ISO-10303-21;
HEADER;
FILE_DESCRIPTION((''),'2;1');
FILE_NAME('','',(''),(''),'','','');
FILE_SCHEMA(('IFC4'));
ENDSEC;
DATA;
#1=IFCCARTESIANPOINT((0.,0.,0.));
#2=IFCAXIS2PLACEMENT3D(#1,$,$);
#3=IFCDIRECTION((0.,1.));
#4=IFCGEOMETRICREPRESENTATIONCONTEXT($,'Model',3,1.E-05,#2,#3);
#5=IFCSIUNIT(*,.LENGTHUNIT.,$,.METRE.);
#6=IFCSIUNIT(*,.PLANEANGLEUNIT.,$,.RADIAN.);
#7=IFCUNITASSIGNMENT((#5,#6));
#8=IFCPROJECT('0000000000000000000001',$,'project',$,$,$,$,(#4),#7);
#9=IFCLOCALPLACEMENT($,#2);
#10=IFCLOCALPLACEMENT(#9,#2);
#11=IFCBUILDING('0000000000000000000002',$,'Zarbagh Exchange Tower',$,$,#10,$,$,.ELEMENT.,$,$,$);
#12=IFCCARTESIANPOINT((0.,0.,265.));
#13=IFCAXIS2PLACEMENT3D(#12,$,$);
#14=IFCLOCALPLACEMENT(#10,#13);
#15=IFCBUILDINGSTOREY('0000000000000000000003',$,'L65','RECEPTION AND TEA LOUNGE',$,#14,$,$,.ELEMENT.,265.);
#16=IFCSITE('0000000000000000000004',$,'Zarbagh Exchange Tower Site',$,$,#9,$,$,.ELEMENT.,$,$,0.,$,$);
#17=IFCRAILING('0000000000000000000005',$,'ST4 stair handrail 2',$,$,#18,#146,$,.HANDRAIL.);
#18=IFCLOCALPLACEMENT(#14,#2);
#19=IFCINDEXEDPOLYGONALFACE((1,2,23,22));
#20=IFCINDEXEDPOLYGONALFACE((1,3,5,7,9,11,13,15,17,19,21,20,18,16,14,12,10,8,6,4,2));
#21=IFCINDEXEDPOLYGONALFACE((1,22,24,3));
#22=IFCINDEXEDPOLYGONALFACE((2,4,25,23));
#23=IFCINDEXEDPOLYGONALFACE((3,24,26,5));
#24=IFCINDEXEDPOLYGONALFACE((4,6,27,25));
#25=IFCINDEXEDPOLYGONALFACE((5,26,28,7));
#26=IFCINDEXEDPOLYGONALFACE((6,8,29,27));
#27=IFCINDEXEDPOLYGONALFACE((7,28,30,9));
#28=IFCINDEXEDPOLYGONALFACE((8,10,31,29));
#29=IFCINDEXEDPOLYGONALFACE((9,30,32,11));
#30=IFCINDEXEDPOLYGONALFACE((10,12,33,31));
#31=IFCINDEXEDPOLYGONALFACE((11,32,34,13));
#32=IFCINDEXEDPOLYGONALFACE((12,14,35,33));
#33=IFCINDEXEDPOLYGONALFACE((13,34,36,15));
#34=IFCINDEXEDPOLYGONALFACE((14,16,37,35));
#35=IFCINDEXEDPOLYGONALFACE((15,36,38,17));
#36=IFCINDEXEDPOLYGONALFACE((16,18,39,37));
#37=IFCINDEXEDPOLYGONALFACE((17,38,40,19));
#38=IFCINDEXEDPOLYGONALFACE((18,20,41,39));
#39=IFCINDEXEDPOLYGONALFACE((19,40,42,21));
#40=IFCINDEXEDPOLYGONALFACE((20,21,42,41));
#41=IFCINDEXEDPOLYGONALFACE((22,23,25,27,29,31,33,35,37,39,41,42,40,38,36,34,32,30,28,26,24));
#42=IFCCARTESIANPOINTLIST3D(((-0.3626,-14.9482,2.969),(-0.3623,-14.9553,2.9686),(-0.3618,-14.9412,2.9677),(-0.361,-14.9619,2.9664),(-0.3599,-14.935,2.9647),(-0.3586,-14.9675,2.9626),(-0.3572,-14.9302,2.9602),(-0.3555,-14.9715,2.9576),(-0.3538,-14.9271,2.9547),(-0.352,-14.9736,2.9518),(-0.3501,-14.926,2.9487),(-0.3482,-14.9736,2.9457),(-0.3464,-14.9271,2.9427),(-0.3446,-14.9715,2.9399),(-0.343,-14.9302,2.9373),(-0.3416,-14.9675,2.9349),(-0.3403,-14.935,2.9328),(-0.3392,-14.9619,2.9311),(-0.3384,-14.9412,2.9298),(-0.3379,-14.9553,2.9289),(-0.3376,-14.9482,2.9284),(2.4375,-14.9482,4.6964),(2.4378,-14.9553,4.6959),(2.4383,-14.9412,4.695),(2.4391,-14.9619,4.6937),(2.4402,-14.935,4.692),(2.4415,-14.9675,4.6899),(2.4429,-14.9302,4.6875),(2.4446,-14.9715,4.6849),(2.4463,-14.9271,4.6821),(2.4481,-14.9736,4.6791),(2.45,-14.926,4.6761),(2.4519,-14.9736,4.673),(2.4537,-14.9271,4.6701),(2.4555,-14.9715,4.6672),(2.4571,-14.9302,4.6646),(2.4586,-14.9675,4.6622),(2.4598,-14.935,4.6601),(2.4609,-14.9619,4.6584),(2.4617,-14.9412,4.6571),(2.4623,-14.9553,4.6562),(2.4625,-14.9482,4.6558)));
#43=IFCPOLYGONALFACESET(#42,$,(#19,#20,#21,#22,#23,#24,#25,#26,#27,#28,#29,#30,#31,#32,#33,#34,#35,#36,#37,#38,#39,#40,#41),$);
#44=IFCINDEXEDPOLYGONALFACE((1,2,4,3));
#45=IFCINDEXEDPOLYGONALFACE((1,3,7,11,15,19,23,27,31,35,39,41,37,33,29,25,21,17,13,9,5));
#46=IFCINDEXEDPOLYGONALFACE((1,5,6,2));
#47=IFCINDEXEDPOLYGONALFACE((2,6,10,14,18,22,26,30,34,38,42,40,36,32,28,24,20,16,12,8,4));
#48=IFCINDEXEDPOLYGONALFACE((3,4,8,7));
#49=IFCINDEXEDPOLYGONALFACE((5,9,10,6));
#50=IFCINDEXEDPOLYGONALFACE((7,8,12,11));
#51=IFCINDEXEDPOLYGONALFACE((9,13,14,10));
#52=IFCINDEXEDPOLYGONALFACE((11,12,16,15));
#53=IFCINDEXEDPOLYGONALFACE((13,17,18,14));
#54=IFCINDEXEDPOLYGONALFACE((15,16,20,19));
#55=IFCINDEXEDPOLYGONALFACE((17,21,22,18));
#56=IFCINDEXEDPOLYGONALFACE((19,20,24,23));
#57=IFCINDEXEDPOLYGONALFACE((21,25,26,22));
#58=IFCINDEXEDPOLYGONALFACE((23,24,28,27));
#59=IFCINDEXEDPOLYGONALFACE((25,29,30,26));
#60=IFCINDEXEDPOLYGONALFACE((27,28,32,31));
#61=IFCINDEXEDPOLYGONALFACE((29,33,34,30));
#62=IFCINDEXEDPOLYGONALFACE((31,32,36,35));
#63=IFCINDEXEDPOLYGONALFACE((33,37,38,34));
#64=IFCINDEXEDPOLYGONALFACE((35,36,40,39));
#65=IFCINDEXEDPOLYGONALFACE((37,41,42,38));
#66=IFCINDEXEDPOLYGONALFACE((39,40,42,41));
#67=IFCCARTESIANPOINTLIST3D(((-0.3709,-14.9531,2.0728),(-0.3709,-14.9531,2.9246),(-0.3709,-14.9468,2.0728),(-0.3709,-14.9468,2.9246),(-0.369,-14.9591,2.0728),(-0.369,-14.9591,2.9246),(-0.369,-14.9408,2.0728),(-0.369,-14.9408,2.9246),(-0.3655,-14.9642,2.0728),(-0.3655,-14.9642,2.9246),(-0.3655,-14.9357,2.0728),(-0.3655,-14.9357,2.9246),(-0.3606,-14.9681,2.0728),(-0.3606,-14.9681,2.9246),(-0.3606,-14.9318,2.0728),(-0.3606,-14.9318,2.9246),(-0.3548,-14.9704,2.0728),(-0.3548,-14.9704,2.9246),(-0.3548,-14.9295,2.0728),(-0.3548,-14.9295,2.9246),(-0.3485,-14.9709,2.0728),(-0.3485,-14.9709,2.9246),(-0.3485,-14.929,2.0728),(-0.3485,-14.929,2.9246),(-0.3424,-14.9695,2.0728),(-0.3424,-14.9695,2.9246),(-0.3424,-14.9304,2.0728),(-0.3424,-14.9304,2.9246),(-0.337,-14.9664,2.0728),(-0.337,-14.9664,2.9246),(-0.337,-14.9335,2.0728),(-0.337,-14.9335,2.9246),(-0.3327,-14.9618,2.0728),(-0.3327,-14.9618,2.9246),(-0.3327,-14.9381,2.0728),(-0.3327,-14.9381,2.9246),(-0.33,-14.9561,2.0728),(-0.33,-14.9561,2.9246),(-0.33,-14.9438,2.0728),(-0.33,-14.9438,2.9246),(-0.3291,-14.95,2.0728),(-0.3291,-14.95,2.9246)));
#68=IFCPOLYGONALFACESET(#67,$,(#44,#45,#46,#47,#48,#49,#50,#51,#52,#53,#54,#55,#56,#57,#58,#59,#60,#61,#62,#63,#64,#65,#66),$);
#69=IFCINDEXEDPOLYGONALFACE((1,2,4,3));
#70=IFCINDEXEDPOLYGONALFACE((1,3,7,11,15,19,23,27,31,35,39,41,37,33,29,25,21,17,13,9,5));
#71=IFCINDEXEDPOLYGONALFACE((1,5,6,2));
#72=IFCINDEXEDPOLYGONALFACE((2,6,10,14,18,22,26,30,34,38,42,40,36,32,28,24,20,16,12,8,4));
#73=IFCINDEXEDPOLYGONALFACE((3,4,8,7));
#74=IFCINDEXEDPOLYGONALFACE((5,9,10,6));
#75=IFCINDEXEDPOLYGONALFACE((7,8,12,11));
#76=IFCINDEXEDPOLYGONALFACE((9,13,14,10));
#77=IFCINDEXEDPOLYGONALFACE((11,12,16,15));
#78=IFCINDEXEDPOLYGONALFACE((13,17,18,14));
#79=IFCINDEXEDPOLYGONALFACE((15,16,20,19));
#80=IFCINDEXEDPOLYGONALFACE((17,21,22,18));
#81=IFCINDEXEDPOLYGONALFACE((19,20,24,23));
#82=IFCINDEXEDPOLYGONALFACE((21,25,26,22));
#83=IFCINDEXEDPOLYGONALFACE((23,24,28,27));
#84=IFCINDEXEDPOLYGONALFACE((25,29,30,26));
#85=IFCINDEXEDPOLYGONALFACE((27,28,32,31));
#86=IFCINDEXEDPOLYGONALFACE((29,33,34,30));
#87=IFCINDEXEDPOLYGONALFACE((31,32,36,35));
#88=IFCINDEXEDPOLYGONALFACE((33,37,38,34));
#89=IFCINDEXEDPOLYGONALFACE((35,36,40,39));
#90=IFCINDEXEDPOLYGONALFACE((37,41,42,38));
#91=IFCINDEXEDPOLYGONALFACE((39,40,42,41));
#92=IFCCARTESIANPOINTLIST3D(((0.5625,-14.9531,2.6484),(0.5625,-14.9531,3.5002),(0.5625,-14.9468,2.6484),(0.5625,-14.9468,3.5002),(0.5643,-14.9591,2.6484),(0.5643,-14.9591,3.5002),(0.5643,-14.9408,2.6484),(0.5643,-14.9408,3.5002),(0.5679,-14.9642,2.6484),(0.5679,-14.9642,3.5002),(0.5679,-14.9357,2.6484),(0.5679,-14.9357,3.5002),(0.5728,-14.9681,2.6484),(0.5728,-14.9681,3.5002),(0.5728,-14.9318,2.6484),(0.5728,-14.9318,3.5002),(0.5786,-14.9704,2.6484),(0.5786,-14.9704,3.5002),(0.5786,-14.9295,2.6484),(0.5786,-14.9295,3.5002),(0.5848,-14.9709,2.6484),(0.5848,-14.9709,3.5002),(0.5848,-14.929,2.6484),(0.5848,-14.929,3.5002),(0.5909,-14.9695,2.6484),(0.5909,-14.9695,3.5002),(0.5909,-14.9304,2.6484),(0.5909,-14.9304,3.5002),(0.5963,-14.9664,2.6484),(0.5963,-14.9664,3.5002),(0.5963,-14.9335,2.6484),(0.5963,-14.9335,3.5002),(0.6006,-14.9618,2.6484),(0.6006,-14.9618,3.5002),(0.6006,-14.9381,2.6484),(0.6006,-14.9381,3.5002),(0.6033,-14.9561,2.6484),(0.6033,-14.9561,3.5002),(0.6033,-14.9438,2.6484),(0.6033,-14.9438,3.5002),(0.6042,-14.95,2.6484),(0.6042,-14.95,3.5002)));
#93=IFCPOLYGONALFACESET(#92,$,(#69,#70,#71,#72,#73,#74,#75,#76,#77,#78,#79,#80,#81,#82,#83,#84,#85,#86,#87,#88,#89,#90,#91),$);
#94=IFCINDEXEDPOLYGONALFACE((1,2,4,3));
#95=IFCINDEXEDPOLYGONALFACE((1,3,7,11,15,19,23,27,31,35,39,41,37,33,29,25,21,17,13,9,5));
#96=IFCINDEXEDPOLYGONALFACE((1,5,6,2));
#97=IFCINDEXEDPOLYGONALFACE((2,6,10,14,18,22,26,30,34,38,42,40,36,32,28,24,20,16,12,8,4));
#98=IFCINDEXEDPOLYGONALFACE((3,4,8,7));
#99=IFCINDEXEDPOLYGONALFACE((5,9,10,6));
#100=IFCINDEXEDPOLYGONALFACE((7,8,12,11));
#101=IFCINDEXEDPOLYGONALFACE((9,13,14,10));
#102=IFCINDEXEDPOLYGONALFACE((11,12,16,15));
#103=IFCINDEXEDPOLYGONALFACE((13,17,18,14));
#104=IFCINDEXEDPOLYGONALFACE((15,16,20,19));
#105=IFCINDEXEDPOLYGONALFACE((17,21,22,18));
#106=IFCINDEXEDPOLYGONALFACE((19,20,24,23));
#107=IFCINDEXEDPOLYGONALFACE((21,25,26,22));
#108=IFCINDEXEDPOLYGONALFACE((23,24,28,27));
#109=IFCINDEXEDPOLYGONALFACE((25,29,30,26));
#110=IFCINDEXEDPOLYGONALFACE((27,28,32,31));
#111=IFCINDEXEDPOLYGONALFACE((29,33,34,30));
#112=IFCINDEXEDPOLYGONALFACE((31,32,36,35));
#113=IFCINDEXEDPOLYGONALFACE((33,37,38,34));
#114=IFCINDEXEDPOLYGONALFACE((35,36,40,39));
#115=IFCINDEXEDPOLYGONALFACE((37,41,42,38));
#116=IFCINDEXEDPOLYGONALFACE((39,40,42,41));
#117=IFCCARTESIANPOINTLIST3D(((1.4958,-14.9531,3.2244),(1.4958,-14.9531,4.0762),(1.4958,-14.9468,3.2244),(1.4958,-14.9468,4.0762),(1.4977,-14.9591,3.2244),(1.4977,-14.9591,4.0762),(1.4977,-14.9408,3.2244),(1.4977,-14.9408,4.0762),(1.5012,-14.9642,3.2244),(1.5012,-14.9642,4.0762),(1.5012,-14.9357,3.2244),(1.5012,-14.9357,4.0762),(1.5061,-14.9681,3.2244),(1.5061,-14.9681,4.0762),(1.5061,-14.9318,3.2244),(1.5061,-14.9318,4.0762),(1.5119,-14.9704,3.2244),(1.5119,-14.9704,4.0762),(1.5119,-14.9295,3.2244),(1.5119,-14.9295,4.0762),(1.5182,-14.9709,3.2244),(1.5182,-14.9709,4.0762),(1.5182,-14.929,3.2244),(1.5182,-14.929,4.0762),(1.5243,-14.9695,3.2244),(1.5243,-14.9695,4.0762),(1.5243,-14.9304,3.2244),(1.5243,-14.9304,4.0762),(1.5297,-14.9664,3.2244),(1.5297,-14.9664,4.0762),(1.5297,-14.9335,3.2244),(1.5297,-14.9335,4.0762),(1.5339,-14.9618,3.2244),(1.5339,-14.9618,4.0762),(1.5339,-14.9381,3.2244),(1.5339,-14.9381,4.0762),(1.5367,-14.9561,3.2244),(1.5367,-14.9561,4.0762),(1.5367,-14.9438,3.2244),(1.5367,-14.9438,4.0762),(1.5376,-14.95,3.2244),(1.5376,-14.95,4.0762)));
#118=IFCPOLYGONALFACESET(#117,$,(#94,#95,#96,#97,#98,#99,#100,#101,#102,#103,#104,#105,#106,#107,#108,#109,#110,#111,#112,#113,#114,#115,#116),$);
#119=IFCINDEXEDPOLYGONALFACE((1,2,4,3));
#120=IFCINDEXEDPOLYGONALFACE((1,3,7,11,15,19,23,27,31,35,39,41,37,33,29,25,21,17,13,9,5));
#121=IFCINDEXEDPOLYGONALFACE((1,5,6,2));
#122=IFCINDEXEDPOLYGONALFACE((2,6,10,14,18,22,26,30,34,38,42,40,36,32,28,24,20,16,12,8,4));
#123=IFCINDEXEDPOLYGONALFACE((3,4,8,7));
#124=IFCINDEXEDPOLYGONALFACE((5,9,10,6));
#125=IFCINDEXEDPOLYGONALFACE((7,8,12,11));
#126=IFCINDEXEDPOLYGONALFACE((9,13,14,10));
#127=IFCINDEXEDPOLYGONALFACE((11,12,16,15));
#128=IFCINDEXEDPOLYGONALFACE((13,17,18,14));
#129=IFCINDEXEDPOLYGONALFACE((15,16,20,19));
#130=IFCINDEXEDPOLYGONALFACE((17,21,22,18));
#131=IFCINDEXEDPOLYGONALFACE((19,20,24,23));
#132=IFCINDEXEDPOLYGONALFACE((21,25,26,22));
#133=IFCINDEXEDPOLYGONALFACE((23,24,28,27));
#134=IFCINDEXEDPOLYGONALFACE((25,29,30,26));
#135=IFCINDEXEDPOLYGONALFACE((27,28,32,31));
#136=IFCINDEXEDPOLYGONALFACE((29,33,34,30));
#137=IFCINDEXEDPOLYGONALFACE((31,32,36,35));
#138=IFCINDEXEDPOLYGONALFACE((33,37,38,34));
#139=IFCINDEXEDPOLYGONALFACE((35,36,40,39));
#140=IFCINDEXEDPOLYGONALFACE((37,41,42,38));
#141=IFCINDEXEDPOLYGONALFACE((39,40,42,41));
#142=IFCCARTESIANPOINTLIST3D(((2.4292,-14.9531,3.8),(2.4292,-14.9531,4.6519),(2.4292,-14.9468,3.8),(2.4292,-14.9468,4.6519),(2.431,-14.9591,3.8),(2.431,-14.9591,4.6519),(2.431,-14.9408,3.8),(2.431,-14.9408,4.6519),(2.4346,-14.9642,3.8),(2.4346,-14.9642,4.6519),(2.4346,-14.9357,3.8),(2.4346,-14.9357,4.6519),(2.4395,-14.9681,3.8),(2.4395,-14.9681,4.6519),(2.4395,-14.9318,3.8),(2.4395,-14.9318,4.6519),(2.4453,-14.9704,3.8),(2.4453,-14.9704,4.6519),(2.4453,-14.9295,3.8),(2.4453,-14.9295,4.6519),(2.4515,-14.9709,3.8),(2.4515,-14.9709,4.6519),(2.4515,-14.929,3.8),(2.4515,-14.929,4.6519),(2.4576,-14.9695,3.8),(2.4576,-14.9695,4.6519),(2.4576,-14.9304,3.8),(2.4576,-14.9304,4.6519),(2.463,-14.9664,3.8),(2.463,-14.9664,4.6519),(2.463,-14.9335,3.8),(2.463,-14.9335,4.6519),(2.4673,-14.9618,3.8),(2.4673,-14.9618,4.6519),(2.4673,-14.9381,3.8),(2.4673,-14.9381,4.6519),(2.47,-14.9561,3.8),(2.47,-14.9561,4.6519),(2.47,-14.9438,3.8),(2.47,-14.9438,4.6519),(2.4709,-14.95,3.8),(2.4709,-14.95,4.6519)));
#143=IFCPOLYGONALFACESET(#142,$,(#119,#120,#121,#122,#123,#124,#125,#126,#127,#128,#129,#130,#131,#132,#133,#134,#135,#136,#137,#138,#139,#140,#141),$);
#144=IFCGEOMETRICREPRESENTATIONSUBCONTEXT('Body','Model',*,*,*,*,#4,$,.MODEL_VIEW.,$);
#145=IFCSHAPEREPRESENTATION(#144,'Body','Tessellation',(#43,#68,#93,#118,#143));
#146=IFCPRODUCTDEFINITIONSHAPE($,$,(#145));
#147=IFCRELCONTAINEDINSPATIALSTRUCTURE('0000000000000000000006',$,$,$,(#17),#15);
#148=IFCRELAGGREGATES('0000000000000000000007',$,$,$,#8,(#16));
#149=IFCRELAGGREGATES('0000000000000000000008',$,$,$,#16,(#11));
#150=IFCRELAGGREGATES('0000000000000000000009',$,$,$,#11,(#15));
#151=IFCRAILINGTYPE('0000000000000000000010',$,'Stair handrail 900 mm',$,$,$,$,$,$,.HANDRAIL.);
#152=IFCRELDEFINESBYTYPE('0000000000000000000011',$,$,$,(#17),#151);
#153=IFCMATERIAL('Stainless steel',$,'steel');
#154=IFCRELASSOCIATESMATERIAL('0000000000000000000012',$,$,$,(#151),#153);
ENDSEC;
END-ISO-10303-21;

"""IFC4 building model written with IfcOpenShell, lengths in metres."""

from ifc_helpers import new_model, si_unit, direction, frame, origin, origin_2d, place, context, subcontext, project, spatial, circle, extrude, material, type_object, element, save


model = new_model("IFC4")

# Units and contexts
model_context = context("Model", 3, precision=1e-05, world=origin(), true_north=direction((0.0, 1.0)))
body_context = subcontext(model_context, "Body", "Model", "MODEL_VIEW")
ifc_project = project(units=[si_unit("LENGTHUNIT", "METRE"), si_unit("PLANEANGLEUNIT", "RADIAN")], contexts=[model_context])

# Site, building, storey
site_placement = place(None, origin())
site = spatial("IfcSite", under=ifc_project, at=site_placement, Name="Zarbagh Exchange Tower Site", CompositionType="ELEMENT", RefElevation=0.0)
building_placement = place(site_placement, origin())
building = spatial("IfcBuilding", under=site, at=building_placement, Name="Zarbagh Exchange Tower", CompositionType="ELEMENT")
storey_placement = place(building_placement, frame((0.0, 0.0, 265.0)))
storey = spatial("IfcBuildingStorey", under=building, at=storey_placement, Name="L65", Description="RECEPTION AND TEA LOUNGE", CompositionType="ELEMENT", Elevation=265.0)

# Shared definitions
ifc_material_1 = material(Name="Stainless steel", Category="steel")

# Railing
railing_type_1 = type_object("IfcRailingType", Name="Stair handrail 900 mm", PredefinedType="HANDRAIL", material=ifc_material_1)
railing_1_placement = place(storey_placement, frame((-0.3501, -14.95, 2.0728)))
element("IfcRailing", 1, at=railing_1_placement, inside=storey, type_object=railing_type_1, Name="ST4 stair handrail 2", PredefinedType="HANDRAIL", context=body_context, shape_type="SweptSolid", body=[
    extrude(circle(Radius=0.0239, at=origin_2d()), frame((0.0, 0.0, 0.876), z_axis=(0.85109, 0.0, 0.52502), x_axis=(0.0, 1.0, 0.0)), (0.0, 0.0, 1.0), 3.29),
    extrude(circle(Radius=0.021, at=origin_2d()), origin(), (0.0, 0.0, 1.0), 0.8518),
    extrude(circle(Radius=0.021, at=origin_2d()), frame((0.9333, 0.0, 0.5757)), (0.0, 0.0, 1.0), 0.8518),
    extrude(circle(Radius=0.021, at=origin_2d()), frame((1.8667, 0.0, 1.1516)), (0.0, 0.0, 1.0), 0.8518),
    extrude(circle(Radius=0.021, at=origin_2d()), frame((2.8, 0.0, 1.7273)), (0.0, 0.0, 1.0), 0.8518),
])

save(model, "model.ifc")
